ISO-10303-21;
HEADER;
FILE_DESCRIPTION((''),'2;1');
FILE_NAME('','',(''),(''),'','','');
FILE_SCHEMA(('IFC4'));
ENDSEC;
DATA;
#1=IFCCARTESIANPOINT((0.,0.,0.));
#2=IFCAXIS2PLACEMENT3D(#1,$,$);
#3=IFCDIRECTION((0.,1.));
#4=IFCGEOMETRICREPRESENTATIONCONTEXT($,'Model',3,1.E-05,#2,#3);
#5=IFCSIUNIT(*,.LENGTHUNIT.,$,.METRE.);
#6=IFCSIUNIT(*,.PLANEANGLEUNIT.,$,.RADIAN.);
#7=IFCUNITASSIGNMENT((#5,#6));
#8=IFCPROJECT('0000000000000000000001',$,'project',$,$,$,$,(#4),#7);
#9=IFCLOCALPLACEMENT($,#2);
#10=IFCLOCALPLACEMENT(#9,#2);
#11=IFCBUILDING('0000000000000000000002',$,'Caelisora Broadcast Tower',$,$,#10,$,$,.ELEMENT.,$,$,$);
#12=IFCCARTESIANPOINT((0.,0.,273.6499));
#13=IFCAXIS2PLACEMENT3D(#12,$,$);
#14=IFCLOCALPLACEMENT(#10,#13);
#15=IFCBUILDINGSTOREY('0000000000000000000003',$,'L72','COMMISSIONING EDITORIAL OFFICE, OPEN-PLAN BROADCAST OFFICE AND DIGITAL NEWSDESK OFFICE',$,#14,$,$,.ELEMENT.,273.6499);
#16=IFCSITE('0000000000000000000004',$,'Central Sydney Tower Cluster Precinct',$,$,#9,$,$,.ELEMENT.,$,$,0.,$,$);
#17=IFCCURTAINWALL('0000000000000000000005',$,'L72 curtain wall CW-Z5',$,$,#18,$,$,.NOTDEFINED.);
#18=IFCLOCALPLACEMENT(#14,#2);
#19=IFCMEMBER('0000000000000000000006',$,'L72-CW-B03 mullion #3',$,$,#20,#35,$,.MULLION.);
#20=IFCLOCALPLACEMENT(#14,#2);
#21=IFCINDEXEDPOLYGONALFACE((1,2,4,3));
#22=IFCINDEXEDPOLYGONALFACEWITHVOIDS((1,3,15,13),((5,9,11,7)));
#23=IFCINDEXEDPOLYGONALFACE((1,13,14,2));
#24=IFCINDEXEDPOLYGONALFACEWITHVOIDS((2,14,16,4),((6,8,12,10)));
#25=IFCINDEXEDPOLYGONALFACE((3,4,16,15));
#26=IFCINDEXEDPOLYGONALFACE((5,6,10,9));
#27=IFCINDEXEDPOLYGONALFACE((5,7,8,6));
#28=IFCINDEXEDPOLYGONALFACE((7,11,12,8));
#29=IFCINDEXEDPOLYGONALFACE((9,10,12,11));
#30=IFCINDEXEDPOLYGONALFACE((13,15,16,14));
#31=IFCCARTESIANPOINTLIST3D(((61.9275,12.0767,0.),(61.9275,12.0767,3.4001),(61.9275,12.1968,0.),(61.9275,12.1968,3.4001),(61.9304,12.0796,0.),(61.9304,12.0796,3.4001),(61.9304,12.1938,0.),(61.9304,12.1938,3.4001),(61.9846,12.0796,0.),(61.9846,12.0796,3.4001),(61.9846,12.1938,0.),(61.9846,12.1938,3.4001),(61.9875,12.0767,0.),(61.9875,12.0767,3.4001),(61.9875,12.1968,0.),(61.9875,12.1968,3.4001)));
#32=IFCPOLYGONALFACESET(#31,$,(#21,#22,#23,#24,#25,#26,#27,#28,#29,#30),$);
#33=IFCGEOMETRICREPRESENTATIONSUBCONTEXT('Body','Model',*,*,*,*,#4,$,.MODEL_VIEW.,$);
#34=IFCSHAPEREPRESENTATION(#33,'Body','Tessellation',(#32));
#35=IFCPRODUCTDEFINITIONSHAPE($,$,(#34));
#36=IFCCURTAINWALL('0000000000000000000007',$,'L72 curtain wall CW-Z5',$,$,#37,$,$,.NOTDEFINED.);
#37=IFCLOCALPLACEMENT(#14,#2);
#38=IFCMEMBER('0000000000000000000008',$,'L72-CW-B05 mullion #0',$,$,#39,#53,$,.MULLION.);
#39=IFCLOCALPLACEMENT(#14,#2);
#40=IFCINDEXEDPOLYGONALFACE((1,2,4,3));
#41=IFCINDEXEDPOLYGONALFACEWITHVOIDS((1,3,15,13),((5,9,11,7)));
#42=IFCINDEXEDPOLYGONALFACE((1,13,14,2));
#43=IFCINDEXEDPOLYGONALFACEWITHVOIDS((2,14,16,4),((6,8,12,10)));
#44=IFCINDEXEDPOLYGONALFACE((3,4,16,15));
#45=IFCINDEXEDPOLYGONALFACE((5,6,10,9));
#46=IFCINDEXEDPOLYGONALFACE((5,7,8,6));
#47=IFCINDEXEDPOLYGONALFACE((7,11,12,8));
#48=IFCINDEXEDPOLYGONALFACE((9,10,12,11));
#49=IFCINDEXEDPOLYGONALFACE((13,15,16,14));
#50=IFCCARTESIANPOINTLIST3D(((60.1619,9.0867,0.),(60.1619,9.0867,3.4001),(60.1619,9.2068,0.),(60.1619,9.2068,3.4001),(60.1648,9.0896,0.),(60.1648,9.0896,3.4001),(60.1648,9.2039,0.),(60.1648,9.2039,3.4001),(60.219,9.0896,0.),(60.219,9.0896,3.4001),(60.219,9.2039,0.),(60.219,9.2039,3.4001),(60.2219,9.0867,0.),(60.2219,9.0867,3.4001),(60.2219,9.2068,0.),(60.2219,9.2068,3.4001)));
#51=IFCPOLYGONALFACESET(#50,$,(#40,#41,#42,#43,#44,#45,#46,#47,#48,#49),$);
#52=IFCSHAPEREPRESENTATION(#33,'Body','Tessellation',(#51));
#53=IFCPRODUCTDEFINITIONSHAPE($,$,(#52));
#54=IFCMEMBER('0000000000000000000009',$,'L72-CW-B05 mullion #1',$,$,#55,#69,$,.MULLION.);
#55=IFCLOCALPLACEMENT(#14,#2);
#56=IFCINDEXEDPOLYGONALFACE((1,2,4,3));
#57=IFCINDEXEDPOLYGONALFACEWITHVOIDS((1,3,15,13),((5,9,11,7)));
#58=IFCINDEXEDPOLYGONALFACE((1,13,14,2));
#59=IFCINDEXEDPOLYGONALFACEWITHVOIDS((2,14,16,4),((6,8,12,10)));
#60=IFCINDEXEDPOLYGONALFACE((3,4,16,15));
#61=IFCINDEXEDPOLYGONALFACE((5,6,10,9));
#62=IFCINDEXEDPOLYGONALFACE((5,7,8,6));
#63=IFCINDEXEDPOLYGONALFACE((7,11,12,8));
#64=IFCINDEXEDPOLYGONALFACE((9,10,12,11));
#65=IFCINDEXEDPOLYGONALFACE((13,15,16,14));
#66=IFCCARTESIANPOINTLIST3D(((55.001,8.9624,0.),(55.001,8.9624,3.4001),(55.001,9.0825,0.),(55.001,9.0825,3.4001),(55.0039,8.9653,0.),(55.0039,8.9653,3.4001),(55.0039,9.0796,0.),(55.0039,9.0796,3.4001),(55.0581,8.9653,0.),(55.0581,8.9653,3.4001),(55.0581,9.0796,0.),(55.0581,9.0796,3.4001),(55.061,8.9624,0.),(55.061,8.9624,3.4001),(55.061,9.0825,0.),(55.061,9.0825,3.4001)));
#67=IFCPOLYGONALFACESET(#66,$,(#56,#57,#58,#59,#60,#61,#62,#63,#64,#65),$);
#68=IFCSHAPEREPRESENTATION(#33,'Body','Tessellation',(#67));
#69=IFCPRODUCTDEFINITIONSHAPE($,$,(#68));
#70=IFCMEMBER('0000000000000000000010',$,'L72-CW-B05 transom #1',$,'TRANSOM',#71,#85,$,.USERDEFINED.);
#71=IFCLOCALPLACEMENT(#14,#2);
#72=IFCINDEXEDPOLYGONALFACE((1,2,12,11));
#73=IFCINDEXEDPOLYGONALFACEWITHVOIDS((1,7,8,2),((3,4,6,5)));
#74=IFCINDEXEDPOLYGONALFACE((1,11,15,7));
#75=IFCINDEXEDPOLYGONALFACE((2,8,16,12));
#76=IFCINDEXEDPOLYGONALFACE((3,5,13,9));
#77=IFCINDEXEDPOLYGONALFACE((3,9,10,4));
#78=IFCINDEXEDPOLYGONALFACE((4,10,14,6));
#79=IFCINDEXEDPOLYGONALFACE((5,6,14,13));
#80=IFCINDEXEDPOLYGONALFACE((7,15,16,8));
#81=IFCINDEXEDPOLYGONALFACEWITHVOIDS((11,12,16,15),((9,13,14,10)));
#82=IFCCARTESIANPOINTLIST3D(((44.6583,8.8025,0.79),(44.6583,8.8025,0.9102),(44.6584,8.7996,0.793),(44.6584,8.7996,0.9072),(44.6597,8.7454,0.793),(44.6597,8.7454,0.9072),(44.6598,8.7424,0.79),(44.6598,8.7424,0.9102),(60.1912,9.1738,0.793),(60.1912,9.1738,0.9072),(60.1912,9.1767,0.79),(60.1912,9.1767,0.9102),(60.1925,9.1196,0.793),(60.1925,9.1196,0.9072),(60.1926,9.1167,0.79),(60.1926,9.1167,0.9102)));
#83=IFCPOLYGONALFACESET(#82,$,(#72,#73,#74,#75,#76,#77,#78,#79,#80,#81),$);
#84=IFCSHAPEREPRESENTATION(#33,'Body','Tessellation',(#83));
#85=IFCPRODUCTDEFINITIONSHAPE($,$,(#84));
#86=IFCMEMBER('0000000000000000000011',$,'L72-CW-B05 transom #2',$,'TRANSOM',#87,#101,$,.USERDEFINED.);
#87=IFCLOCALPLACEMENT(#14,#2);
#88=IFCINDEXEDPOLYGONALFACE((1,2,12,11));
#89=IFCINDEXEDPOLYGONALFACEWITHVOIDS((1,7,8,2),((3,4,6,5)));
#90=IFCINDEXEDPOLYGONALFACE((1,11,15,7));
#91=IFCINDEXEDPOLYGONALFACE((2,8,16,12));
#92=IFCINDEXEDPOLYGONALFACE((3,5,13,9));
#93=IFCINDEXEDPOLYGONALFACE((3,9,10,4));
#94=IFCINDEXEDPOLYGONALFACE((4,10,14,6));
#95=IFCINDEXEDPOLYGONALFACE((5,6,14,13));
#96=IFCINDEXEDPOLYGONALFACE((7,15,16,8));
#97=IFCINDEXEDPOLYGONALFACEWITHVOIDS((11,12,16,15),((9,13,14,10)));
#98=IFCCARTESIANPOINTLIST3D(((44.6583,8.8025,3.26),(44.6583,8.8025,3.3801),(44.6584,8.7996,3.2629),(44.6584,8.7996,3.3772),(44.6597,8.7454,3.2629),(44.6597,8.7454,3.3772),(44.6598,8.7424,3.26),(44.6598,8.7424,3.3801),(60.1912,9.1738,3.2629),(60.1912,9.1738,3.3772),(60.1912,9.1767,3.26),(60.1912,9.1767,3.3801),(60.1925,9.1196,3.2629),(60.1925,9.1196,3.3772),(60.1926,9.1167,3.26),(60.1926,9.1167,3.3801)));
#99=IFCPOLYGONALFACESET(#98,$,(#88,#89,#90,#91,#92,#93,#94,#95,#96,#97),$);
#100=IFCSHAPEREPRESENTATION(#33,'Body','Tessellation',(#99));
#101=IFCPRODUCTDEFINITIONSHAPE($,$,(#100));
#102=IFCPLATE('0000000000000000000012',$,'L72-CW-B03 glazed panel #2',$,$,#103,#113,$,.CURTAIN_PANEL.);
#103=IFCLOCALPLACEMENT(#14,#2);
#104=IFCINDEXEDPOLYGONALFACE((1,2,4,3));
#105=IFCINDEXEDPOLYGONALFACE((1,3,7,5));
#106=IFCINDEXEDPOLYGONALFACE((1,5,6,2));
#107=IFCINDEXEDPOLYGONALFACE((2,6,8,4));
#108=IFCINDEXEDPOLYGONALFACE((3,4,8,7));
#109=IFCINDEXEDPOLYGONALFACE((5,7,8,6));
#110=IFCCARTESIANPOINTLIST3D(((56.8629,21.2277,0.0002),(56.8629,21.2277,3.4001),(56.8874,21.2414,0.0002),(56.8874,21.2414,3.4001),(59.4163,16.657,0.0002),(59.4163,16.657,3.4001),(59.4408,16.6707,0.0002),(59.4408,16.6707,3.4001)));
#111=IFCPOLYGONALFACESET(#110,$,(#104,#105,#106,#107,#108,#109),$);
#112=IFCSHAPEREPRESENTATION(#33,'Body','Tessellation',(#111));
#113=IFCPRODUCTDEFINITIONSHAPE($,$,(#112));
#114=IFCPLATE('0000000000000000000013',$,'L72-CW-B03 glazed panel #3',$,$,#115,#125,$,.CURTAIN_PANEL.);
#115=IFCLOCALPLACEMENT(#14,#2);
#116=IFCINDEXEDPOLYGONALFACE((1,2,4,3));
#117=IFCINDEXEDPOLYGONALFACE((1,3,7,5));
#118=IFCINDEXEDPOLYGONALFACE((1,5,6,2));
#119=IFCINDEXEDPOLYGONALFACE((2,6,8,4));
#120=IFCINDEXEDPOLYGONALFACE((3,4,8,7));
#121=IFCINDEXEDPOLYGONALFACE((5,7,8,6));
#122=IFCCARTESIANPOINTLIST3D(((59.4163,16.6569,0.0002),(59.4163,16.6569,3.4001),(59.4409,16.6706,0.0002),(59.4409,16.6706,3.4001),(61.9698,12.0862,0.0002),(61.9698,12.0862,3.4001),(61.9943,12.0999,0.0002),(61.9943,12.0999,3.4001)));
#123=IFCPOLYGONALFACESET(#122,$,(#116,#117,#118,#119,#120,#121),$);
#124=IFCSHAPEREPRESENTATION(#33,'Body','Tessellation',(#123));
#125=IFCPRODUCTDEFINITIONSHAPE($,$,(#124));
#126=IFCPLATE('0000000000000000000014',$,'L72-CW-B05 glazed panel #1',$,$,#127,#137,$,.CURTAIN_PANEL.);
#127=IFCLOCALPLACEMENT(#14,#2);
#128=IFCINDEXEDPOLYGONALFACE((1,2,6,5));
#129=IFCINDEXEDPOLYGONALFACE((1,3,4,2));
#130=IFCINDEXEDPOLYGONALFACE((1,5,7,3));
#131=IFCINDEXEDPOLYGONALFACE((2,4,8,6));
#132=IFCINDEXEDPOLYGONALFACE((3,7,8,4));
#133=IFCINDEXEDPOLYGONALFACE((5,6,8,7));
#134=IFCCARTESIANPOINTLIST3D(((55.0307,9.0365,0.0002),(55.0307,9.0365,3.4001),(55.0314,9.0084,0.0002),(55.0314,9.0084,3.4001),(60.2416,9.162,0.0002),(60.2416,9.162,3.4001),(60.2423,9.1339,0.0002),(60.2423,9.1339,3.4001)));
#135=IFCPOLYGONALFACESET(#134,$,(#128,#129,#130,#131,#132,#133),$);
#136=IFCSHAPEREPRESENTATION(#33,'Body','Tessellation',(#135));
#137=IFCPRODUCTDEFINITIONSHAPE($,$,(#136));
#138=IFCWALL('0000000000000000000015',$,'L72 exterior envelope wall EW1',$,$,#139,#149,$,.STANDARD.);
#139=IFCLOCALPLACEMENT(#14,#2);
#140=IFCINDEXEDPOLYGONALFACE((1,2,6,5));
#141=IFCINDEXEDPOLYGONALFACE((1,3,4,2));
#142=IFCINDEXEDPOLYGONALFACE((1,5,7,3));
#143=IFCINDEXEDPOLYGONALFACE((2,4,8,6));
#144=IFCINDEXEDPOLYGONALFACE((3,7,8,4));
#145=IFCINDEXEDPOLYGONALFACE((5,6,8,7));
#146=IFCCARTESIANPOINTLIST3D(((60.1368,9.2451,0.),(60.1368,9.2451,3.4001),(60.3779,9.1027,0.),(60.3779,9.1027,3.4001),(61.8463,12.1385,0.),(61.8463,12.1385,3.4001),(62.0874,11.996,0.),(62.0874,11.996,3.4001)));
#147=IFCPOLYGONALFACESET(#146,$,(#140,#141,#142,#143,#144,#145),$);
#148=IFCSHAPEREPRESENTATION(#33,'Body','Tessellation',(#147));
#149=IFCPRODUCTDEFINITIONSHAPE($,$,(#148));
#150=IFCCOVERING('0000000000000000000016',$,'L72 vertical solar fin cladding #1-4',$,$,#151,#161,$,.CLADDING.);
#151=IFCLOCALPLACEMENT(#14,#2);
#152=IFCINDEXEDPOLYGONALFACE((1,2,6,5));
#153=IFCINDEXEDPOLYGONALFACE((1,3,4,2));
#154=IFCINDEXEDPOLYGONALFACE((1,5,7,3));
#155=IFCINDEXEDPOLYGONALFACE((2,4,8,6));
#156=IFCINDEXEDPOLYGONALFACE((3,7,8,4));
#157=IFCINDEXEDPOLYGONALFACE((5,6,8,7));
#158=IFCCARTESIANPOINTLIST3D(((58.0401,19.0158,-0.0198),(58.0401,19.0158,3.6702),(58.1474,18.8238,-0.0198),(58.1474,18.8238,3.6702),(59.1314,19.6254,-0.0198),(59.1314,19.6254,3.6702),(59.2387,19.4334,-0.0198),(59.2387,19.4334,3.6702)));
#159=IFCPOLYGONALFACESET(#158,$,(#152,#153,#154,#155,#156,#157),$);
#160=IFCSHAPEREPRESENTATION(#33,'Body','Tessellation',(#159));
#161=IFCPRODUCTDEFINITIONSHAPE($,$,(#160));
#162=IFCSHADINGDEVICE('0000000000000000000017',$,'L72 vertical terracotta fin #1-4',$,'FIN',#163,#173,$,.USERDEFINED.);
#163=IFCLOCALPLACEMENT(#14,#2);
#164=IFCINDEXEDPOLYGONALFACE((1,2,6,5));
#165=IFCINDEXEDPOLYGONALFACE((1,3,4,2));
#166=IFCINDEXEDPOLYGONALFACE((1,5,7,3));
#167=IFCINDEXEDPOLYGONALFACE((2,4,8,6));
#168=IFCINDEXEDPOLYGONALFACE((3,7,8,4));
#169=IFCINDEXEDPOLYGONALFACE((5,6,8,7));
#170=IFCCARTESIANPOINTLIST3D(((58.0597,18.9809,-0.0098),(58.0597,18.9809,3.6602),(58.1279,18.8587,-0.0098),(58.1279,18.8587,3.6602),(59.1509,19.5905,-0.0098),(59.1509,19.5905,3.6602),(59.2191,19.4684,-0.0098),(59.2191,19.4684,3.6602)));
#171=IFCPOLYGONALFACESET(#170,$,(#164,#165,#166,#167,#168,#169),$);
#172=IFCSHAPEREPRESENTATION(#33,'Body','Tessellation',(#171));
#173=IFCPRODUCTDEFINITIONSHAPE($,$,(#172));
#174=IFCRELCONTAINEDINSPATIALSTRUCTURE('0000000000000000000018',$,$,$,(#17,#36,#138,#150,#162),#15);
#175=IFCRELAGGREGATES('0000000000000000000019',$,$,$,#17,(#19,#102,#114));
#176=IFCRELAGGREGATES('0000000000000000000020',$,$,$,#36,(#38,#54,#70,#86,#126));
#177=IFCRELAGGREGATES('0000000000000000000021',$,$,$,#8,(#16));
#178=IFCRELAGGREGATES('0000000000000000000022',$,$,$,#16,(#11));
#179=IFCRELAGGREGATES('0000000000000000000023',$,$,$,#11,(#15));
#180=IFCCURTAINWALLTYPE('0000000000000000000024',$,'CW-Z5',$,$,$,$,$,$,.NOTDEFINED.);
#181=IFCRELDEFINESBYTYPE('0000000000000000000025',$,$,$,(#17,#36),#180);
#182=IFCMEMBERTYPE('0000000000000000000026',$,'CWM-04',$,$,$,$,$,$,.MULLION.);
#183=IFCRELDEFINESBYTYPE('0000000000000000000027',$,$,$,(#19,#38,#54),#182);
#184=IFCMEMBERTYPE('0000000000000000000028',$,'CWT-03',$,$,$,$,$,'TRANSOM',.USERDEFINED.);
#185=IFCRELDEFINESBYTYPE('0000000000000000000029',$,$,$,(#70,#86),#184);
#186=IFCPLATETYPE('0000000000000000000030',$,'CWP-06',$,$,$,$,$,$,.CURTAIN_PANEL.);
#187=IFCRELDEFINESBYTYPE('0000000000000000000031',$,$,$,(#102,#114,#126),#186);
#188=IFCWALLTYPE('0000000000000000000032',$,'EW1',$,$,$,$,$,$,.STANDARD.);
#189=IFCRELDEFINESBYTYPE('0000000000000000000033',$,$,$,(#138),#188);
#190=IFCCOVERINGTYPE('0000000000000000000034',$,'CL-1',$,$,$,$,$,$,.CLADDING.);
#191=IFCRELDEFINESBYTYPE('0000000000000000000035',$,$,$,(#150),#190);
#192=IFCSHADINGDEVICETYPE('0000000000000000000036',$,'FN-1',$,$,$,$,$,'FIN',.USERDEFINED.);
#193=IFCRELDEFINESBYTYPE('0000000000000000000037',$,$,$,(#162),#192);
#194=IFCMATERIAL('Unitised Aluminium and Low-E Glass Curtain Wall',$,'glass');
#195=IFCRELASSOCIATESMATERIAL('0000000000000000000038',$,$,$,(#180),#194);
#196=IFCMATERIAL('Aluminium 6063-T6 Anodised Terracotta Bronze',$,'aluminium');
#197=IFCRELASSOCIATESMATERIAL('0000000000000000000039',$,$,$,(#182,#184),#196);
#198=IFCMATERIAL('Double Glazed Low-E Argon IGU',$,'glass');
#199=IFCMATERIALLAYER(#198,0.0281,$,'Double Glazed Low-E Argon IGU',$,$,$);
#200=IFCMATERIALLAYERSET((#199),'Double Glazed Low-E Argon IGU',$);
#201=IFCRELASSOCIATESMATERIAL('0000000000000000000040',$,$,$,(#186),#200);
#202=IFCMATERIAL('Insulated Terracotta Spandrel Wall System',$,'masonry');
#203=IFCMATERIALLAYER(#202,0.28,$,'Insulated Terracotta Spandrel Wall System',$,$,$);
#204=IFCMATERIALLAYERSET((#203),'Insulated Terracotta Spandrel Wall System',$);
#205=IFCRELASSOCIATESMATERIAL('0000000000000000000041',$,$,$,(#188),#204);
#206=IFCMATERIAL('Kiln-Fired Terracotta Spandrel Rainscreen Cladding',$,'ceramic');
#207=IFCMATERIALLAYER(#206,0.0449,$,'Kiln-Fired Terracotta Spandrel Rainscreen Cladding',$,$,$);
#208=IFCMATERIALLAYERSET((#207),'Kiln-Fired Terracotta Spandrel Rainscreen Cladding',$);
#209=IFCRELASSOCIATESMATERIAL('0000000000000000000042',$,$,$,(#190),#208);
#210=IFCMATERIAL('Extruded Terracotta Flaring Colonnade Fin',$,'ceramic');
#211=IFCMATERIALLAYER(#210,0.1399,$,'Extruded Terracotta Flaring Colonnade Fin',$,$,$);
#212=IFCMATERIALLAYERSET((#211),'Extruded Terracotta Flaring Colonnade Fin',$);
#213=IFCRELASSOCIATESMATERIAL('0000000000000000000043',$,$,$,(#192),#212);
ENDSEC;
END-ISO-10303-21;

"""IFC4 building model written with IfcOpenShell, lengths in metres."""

from ifc_helpers import new_model, si_unit, direction, frame, frame_2d, origin, origin_2d, place, context, subcontext, project, spatial, rectangle, hollow_rectangle, extrude, source, transform, mapped, material, layer, layer_set, material_profile, profile_set, type_object, type_shapes, element, aggregate, save


model = new_model("IFC4")

# Units and contexts
model_context = context("Model", 3, precision=1e-05, world=origin(), true_north=direction((0.0, 1.0)))
body_context = subcontext(model_context, "Body", "Model", "MODEL_VIEW")
ifc_project = project(units=[si_unit("LENGTHUNIT", "METRE"), si_unit("PLANEANGLEUNIT", "RADIAN")], contexts=[model_context])

# Site, building, storey
site_placement = place(None, origin())
site = spatial("IfcSite", under=ifc_project, at=site_placement, Name="Central Sydney Tower Cluster Precinct", CompositionType="ELEMENT", RefElevation=0.0)
building_placement = place(site_placement, origin())
building = spatial("IfcBuilding", under=site, at=building_placement, Name="Caelisora Broadcast Tower", CompositionType="ELEMENT")
storey_placement = place(building_placement, frame((0.0, 0.0, 273.6499)))
storey = spatial("IfcBuildingStorey", under=building, at=storey_placement, Name="L72", Description="COMMISSIONING EDITORIAL OFFICE, OPEN-PLAN BROADCAST OFFICE AND DIGITAL NEWSDESK OFFICE", CompositionType="ELEMENT", Elevation=273.6499)

# Curtain walls, members
ifc_material_1 = material(Name="Unitised Aluminium and Low-E Glass Curtain Wall", Category="glass")
curtain_wall_type = type_object("IfcCurtainWallType", Name="CW-Z5", PredefinedType="NOTDEFINED", material=ifc_material_1)
curtain_wall_1_placement = place(storey_placement, origin())
curtain_wall_1 = element("IfcCurtainWall", 1, at=curtain_wall_1_placement, inside=storey, type_object=curtain_wall_type, Name="L72 curtain wall CW-Z5", PredefinedType="NOTDEFINED")
ifc_material_2 = material(Name="Aluminium 6063-T6 Anodised Terracotta Bronze", Category="aluminium")
ifc_material_profile_1 = material_profile(ifc_material_2, hollow_rectangle(XDim=0.0601, YDim=0.1201, WallThickness=0.0029, at=origin_2d()), Name="Aluminium 6063-T6 Anodised Terracotta Bronze")
ifc_profile_set_1 = profile_set([ifc_material_profile_1], Name="Aluminium 6063-T6 Anodised Terracotta Bronze")
member_type_1 = type_object("IfcMemberType", Name="CWM-04", PredefinedType="MULLION", material=ifc_profile_set_1)
shared_shape_1 = source(origin(), body_context, "Body", "SweptSolid", [
    extrude(hollow_rectangle(XDim=0.0601, YDim=0.1201, WallThickness=0.0029, at=origin_2d()), origin(), (0.0, 0.0, 1.0), 3.4001),
])
type_shapes(member_type_1, [shared_shape_1])
member_1_placement = place(storey_placement, frame((61.9575, 12.1367, 0.0), z_axis=(0.0, 0.0, 1.0), x_axis=(1.0, 0.0, 0.0)))
member_1 = element("IfcMember", 2, at=member_1_placement, type_object=member_type_1, Name="L72-CW-B03 mullion #3", PredefinedType="MULLION", context=body_context, shape_type="MappedRepresentation", body=[
    mapped(shared_shape_1, transform((0.0, 0.0, 0.0), scale=1.0)),
])
curtain_wall_2_placement = place(storey_placement, origin())
curtain_wall_2 = element("IfcCurtainWall", 3, at=curtain_wall_2_placement, inside=storey, type_object=curtain_wall_type, Name="L72 curtain wall CW-Z5", PredefinedType="NOTDEFINED")
member_2_placement = place(storey_placement, frame((60.1919, 9.1467, 0.0), z_axis=(0.0, 0.0, 1.0), x_axis=(1.0, 0.0, 0.0)))
member_2 = element("IfcMember", 4, at=member_2_placement, type_object=member_type_1, Name="L72-CW-B05 mullion #0", PredefinedType="MULLION", context=body_context, shape_type="MappedRepresentation", body=[
    mapped(shared_shape_1, transform((0.0, 0.0, 0.0), scale=1.0)),
])
member_3_placement = place(storey_placement, frame((55.031, 9.0225, 0.0), z_axis=(0.0, 0.0, 1.0), x_axis=(1.0, 0.0, 0.0)))
member_3 = element("IfcMember", 5, at=member_3_placement, type_object=member_type_1, Name="L72-CW-B05 mullion #1", PredefinedType="MULLION", context=body_context, shape_type="MappedRepresentation", body=[
    mapped(shared_shape_1, transform((0.0, 0.0, 0.0), scale=1.0)),
])
ifc_material_profile_2 = material_profile(ifc_material_2, hollow_rectangle(XDim=0.0601, YDim=0.1201, WallThickness=0.0029, at=origin_2d()), Name="Aluminium 6063-T6 Anodised Terracotta Bronze")
ifc_profile_set_2 = profile_set([ifc_material_profile_2], Name="Aluminium 6063-T6 Anodised Terracotta Bronze")
member_type_2 = type_object("IfcMemberType", Name="CWT-03", ElementType="TRANSOM", PredefinedType="USERDEFINED", material=ifc_profile_set_2)
shared_shape_2 = source(origin(), body_context, "Body", "SweptSolid", [
    extrude(hollow_rectangle(XDim=0.0601, YDim=0.1201, WallThickness=0.0029, at=origin_2d()), origin(), (0.0, 0.0, 1.0), 15.5374),
])
type_shapes(member_type_2, [shared_shape_2])
member_4_placement = place(storey_placement, frame((60.1919, 9.1467, 0.8501), z_axis=(-0.99971, -0.024088, 0.0), x_axis=(0.024088, -0.99971, 0.0)))
member_4 = element("IfcMember", 6, at=member_4_placement, type_object=member_type_2, Name="L72-CW-B05 transom #1", ObjectType="TRANSOM", PredefinedType="USERDEFINED", context=body_context, shape_type="MappedRepresentation", body=[
    mapped(shared_shape_2, transform((0.0, 0.0, 0.0), scale=1.0)),
])
member_5_placement = place(storey_placement, frame((60.1919, 9.1467, 3.3201), z_axis=(-0.99971, -0.024088, 0.0), x_axis=(0.024088, -0.99971, 0.0)))
member_5 = element("IfcMember", 7, at=member_5_placement, type_object=member_type_2, Name="L72-CW-B05 transom #2", ObjectType="TRANSOM", PredefinedType="USERDEFINED", context=body_context, shape_type="MappedRepresentation", body=[
    mapped(shared_shape_2, transform((0.0, 0.0, 0.0), scale=1.0)),
])

# Plates
ifc_material_3 = material(Name="Double Glazed Low-E Argon IGU", Category="glass")
ifc_layer_1 = layer(ifc_material_3, 0.0281, Name="Double Glazed Low-E Argon IGU")
ifc_layer_set_1 = layer_set([ifc_layer_1], Name="Double Glazed Low-E Argon IGU")
plate_type = type_object("IfcPlateType", Name="CWP-06", PredefinedType="CURTAIN_PANEL", material=ifc_layer_set_1)
shared_shape_3 = source(origin(), body_context, "Body", "SweptSolid", [
    extrude(rectangle(XDim=5.2356, YDim=0.0281, at=origin_2d()), origin(), (0.0, 0.0, 1.0), 3.3999),
])
plate_1_placement = place(storey_placement, frame((58.1519, 18.9492, 0.0002), z_axis=(0.0, 0.0, 1.0), x_axis=(0.487707, -0.873007, 0.0)))
plate_1 = element("IfcPlate", 8, at=plate_1_placement, type_object=plate_type, Name="L72-CW-B03 glazed panel #2", PredefinedType="CURTAIN_PANEL", context=body_context, shape_type="MappedRepresentation", body=[
    mapped(shared_shape_3, transform((0.0, 0.0, 0.0), scale=1.0)),
])
plate_2_placement = place(storey_placement, frame((60.7053, 14.3784, 0.0002), z_axis=(0.0, 0.0, 1.0), x_axis=(0.487707, -0.873007, 0.0)))
plate_2 = element("IfcPlate", 9, at=plate_2_placement, type_object=plate_type, Name="L72-CW-B03 glazed panel #3", PredefinedType="CURTAIN_PANEL", context=body_context, shape_type="MappedRepresentation", body=[
    mapped(shared_shape_3, transform((0.0, 0.0, 0.0), scale=1.0)),
])
aggregate(curtain_wall_1, [member_1, plate_1, plate_2])
shared_shape_4 = source(origin(), body_context, "Body", "SweptSolid", [
    extrude(rectangle(XDim=5.2124, YDim=0.0281, at=origin_2d()), origin(), (0.0, 0.0, 1.0), 3.3999),
])
type_shapes(plate_type, [shared_shape_3, shared_shape_4])
plate_3_placement = place(storey_placement, frame((57.6365, 9.0852, 0.0002), z_axis=(0.0, 0.0, 1.0), x_axis=(-0.99971, -0.024083, 0.0)))
plate_3 = element("IfcPlate", 10, at=plate_3_placement, type_object=plate_type, Name="L72-CW-B05 glazed panel #1", PredefinedType="CURTAIN_PANEL", context=body_context, shape_type="MappedRepresentation", body=[
    mapped(shared_shape_4, transform((0.0, 0.0, 0.0), scale=1.0)),
])
aggregate(curtain_wall_2, [member_2, member_3, member_4, member_5, plate_3])

# Wall
ifc_material_4 = material(Name="Insulated Terracotta Spandrel Wall System", Category="masonry")
ifc_layer_2 = layer(ifc_material_4, 0.28, Name="Insulated Terracotta Spandrel Wall System")
ifc_layer_set_2 = layer_set([ifc_layer_2], Name="Insulated Terracotta Spandrel Wall System")
wall_type = type_object("IfcWallType", Name="EW1", PredefinedType="STANDARD", material=ifc_layer_set_2)
wall_placement = place(storey_placement, frame((61.9668, 12.0671, 0.0), z_axis=(0.0, 0.0, 1.0), x_axis=(-0.508683, -0.860954, 0.0)))
element("IfcWall", 11, at=wall_placement, inside=storey, type_object=wall_type, Name="L72 exterior envelope wall EW1", PredefinedType="STANDARD", context=body_context, shape_type="SweptSolid", body=[
    extrude(rectangle(XDim=3.3606, YDim=0.28, at=frame_2d((1.6802, 0.0))), origin(), (0.0, 0.0, 1.0), 3.4001),
])

# Covering
ifc_material_5 = material(Name="Kiln-Fired Terracotta Spandrel Rainscreen Cladding", Category="ceramic")
ifc_layer_3 = layer(ifc_material_5, 0.0449, Name="Kiln-Fired Terracotta Spandrel Rainscreen Cladding")
ifc_layer_set_3 = layer_set([ifc_layer_3], Name="Kiln-Fired Terracotta Spandrel Rainscreen Cladding")
covering_type = type_object("IfcCoveringType", Name="CL-1", PredefinedType="CLADDING", material=ifc_layer_set_3)
shared_shape_5 = source(origin(), body_context, "Body", "SweptSolid", [
    extrude(rectangle(XDim=0.22, YDim=1.25, at=origin_2d()), origin(), (0.0, 0.0, 1.0), 3.6899),
])
type_shapes(covering_type, [shared_shape_5])
covering_placement = place(storey_placement, frame((58.6394, 19.2246, -0.0198), z_axis=(0.0, 0.0, 1.0), x_axis=(0.487707, -0.873007, 0.0)))
element("IfcCovering", 12, at=covering_placement, inside=storey, type_object=covering_type, Name="L72 vertical solar fin cladding #1-4", PredefinedType="CLADDING", context=body_context, shape_type="MappedRepresentation", body=[
    mapped(shared_shape_5, transform((0.0, 0.0, 0.0), scale=1.0)),
])

# Shading device
ifc_material_6 = material(Name="Extruded Terracotta Flaring Colonnade Fin", Category="ceramic")
ifc_layer_4 = layer(ifc_material_6, 0.1399, Name="Extruded Terracotta Flaring Colonnade Fin")
ifc_layer_set_4 = layer_set([ifc_layer_4], Name="Extruded Terracotta Flaring Colonnade Fin")
shading_device_type = type_object("IfcShadingDeviceType", Name="FN-1", ElementType="FIN", PredefinedType="USERDEFINED", material=ifc_layer_set_4)
shared_shape_6 = source(origin(), body_context, "Body", "SweptSolid", [
    extrude(rectangle(XDim=0.1399, YDim=1.25, at=origin_2d()), origin(), (0.0, 0.0, 1.0), 3.6699),
])
type_shapes(shading_device_type, [shared_shape_6])
shading_device_placement = place(storey_placement, frame((58.6394, 19.2246, -0.0098), z_axis=(0.0, 0.0, 1.0), x_axis=(0.487707, -0.873007, 0.0)))
element("IfcShadingDevice", 13, at=shading_device_placement, inside=storey, type_object=shading_device_type, Name="L72 vertical terracotta fin #1-4", ObjectType="FIN", PredefinedType="USERDEFINED", context=body_context, shape_type="MappedRepresentation", body=[
    mapped(shared_shape_6, transform((0.0, 0.0, 0.0), scale=1.0)),
])

save(model, "model.ifc")
